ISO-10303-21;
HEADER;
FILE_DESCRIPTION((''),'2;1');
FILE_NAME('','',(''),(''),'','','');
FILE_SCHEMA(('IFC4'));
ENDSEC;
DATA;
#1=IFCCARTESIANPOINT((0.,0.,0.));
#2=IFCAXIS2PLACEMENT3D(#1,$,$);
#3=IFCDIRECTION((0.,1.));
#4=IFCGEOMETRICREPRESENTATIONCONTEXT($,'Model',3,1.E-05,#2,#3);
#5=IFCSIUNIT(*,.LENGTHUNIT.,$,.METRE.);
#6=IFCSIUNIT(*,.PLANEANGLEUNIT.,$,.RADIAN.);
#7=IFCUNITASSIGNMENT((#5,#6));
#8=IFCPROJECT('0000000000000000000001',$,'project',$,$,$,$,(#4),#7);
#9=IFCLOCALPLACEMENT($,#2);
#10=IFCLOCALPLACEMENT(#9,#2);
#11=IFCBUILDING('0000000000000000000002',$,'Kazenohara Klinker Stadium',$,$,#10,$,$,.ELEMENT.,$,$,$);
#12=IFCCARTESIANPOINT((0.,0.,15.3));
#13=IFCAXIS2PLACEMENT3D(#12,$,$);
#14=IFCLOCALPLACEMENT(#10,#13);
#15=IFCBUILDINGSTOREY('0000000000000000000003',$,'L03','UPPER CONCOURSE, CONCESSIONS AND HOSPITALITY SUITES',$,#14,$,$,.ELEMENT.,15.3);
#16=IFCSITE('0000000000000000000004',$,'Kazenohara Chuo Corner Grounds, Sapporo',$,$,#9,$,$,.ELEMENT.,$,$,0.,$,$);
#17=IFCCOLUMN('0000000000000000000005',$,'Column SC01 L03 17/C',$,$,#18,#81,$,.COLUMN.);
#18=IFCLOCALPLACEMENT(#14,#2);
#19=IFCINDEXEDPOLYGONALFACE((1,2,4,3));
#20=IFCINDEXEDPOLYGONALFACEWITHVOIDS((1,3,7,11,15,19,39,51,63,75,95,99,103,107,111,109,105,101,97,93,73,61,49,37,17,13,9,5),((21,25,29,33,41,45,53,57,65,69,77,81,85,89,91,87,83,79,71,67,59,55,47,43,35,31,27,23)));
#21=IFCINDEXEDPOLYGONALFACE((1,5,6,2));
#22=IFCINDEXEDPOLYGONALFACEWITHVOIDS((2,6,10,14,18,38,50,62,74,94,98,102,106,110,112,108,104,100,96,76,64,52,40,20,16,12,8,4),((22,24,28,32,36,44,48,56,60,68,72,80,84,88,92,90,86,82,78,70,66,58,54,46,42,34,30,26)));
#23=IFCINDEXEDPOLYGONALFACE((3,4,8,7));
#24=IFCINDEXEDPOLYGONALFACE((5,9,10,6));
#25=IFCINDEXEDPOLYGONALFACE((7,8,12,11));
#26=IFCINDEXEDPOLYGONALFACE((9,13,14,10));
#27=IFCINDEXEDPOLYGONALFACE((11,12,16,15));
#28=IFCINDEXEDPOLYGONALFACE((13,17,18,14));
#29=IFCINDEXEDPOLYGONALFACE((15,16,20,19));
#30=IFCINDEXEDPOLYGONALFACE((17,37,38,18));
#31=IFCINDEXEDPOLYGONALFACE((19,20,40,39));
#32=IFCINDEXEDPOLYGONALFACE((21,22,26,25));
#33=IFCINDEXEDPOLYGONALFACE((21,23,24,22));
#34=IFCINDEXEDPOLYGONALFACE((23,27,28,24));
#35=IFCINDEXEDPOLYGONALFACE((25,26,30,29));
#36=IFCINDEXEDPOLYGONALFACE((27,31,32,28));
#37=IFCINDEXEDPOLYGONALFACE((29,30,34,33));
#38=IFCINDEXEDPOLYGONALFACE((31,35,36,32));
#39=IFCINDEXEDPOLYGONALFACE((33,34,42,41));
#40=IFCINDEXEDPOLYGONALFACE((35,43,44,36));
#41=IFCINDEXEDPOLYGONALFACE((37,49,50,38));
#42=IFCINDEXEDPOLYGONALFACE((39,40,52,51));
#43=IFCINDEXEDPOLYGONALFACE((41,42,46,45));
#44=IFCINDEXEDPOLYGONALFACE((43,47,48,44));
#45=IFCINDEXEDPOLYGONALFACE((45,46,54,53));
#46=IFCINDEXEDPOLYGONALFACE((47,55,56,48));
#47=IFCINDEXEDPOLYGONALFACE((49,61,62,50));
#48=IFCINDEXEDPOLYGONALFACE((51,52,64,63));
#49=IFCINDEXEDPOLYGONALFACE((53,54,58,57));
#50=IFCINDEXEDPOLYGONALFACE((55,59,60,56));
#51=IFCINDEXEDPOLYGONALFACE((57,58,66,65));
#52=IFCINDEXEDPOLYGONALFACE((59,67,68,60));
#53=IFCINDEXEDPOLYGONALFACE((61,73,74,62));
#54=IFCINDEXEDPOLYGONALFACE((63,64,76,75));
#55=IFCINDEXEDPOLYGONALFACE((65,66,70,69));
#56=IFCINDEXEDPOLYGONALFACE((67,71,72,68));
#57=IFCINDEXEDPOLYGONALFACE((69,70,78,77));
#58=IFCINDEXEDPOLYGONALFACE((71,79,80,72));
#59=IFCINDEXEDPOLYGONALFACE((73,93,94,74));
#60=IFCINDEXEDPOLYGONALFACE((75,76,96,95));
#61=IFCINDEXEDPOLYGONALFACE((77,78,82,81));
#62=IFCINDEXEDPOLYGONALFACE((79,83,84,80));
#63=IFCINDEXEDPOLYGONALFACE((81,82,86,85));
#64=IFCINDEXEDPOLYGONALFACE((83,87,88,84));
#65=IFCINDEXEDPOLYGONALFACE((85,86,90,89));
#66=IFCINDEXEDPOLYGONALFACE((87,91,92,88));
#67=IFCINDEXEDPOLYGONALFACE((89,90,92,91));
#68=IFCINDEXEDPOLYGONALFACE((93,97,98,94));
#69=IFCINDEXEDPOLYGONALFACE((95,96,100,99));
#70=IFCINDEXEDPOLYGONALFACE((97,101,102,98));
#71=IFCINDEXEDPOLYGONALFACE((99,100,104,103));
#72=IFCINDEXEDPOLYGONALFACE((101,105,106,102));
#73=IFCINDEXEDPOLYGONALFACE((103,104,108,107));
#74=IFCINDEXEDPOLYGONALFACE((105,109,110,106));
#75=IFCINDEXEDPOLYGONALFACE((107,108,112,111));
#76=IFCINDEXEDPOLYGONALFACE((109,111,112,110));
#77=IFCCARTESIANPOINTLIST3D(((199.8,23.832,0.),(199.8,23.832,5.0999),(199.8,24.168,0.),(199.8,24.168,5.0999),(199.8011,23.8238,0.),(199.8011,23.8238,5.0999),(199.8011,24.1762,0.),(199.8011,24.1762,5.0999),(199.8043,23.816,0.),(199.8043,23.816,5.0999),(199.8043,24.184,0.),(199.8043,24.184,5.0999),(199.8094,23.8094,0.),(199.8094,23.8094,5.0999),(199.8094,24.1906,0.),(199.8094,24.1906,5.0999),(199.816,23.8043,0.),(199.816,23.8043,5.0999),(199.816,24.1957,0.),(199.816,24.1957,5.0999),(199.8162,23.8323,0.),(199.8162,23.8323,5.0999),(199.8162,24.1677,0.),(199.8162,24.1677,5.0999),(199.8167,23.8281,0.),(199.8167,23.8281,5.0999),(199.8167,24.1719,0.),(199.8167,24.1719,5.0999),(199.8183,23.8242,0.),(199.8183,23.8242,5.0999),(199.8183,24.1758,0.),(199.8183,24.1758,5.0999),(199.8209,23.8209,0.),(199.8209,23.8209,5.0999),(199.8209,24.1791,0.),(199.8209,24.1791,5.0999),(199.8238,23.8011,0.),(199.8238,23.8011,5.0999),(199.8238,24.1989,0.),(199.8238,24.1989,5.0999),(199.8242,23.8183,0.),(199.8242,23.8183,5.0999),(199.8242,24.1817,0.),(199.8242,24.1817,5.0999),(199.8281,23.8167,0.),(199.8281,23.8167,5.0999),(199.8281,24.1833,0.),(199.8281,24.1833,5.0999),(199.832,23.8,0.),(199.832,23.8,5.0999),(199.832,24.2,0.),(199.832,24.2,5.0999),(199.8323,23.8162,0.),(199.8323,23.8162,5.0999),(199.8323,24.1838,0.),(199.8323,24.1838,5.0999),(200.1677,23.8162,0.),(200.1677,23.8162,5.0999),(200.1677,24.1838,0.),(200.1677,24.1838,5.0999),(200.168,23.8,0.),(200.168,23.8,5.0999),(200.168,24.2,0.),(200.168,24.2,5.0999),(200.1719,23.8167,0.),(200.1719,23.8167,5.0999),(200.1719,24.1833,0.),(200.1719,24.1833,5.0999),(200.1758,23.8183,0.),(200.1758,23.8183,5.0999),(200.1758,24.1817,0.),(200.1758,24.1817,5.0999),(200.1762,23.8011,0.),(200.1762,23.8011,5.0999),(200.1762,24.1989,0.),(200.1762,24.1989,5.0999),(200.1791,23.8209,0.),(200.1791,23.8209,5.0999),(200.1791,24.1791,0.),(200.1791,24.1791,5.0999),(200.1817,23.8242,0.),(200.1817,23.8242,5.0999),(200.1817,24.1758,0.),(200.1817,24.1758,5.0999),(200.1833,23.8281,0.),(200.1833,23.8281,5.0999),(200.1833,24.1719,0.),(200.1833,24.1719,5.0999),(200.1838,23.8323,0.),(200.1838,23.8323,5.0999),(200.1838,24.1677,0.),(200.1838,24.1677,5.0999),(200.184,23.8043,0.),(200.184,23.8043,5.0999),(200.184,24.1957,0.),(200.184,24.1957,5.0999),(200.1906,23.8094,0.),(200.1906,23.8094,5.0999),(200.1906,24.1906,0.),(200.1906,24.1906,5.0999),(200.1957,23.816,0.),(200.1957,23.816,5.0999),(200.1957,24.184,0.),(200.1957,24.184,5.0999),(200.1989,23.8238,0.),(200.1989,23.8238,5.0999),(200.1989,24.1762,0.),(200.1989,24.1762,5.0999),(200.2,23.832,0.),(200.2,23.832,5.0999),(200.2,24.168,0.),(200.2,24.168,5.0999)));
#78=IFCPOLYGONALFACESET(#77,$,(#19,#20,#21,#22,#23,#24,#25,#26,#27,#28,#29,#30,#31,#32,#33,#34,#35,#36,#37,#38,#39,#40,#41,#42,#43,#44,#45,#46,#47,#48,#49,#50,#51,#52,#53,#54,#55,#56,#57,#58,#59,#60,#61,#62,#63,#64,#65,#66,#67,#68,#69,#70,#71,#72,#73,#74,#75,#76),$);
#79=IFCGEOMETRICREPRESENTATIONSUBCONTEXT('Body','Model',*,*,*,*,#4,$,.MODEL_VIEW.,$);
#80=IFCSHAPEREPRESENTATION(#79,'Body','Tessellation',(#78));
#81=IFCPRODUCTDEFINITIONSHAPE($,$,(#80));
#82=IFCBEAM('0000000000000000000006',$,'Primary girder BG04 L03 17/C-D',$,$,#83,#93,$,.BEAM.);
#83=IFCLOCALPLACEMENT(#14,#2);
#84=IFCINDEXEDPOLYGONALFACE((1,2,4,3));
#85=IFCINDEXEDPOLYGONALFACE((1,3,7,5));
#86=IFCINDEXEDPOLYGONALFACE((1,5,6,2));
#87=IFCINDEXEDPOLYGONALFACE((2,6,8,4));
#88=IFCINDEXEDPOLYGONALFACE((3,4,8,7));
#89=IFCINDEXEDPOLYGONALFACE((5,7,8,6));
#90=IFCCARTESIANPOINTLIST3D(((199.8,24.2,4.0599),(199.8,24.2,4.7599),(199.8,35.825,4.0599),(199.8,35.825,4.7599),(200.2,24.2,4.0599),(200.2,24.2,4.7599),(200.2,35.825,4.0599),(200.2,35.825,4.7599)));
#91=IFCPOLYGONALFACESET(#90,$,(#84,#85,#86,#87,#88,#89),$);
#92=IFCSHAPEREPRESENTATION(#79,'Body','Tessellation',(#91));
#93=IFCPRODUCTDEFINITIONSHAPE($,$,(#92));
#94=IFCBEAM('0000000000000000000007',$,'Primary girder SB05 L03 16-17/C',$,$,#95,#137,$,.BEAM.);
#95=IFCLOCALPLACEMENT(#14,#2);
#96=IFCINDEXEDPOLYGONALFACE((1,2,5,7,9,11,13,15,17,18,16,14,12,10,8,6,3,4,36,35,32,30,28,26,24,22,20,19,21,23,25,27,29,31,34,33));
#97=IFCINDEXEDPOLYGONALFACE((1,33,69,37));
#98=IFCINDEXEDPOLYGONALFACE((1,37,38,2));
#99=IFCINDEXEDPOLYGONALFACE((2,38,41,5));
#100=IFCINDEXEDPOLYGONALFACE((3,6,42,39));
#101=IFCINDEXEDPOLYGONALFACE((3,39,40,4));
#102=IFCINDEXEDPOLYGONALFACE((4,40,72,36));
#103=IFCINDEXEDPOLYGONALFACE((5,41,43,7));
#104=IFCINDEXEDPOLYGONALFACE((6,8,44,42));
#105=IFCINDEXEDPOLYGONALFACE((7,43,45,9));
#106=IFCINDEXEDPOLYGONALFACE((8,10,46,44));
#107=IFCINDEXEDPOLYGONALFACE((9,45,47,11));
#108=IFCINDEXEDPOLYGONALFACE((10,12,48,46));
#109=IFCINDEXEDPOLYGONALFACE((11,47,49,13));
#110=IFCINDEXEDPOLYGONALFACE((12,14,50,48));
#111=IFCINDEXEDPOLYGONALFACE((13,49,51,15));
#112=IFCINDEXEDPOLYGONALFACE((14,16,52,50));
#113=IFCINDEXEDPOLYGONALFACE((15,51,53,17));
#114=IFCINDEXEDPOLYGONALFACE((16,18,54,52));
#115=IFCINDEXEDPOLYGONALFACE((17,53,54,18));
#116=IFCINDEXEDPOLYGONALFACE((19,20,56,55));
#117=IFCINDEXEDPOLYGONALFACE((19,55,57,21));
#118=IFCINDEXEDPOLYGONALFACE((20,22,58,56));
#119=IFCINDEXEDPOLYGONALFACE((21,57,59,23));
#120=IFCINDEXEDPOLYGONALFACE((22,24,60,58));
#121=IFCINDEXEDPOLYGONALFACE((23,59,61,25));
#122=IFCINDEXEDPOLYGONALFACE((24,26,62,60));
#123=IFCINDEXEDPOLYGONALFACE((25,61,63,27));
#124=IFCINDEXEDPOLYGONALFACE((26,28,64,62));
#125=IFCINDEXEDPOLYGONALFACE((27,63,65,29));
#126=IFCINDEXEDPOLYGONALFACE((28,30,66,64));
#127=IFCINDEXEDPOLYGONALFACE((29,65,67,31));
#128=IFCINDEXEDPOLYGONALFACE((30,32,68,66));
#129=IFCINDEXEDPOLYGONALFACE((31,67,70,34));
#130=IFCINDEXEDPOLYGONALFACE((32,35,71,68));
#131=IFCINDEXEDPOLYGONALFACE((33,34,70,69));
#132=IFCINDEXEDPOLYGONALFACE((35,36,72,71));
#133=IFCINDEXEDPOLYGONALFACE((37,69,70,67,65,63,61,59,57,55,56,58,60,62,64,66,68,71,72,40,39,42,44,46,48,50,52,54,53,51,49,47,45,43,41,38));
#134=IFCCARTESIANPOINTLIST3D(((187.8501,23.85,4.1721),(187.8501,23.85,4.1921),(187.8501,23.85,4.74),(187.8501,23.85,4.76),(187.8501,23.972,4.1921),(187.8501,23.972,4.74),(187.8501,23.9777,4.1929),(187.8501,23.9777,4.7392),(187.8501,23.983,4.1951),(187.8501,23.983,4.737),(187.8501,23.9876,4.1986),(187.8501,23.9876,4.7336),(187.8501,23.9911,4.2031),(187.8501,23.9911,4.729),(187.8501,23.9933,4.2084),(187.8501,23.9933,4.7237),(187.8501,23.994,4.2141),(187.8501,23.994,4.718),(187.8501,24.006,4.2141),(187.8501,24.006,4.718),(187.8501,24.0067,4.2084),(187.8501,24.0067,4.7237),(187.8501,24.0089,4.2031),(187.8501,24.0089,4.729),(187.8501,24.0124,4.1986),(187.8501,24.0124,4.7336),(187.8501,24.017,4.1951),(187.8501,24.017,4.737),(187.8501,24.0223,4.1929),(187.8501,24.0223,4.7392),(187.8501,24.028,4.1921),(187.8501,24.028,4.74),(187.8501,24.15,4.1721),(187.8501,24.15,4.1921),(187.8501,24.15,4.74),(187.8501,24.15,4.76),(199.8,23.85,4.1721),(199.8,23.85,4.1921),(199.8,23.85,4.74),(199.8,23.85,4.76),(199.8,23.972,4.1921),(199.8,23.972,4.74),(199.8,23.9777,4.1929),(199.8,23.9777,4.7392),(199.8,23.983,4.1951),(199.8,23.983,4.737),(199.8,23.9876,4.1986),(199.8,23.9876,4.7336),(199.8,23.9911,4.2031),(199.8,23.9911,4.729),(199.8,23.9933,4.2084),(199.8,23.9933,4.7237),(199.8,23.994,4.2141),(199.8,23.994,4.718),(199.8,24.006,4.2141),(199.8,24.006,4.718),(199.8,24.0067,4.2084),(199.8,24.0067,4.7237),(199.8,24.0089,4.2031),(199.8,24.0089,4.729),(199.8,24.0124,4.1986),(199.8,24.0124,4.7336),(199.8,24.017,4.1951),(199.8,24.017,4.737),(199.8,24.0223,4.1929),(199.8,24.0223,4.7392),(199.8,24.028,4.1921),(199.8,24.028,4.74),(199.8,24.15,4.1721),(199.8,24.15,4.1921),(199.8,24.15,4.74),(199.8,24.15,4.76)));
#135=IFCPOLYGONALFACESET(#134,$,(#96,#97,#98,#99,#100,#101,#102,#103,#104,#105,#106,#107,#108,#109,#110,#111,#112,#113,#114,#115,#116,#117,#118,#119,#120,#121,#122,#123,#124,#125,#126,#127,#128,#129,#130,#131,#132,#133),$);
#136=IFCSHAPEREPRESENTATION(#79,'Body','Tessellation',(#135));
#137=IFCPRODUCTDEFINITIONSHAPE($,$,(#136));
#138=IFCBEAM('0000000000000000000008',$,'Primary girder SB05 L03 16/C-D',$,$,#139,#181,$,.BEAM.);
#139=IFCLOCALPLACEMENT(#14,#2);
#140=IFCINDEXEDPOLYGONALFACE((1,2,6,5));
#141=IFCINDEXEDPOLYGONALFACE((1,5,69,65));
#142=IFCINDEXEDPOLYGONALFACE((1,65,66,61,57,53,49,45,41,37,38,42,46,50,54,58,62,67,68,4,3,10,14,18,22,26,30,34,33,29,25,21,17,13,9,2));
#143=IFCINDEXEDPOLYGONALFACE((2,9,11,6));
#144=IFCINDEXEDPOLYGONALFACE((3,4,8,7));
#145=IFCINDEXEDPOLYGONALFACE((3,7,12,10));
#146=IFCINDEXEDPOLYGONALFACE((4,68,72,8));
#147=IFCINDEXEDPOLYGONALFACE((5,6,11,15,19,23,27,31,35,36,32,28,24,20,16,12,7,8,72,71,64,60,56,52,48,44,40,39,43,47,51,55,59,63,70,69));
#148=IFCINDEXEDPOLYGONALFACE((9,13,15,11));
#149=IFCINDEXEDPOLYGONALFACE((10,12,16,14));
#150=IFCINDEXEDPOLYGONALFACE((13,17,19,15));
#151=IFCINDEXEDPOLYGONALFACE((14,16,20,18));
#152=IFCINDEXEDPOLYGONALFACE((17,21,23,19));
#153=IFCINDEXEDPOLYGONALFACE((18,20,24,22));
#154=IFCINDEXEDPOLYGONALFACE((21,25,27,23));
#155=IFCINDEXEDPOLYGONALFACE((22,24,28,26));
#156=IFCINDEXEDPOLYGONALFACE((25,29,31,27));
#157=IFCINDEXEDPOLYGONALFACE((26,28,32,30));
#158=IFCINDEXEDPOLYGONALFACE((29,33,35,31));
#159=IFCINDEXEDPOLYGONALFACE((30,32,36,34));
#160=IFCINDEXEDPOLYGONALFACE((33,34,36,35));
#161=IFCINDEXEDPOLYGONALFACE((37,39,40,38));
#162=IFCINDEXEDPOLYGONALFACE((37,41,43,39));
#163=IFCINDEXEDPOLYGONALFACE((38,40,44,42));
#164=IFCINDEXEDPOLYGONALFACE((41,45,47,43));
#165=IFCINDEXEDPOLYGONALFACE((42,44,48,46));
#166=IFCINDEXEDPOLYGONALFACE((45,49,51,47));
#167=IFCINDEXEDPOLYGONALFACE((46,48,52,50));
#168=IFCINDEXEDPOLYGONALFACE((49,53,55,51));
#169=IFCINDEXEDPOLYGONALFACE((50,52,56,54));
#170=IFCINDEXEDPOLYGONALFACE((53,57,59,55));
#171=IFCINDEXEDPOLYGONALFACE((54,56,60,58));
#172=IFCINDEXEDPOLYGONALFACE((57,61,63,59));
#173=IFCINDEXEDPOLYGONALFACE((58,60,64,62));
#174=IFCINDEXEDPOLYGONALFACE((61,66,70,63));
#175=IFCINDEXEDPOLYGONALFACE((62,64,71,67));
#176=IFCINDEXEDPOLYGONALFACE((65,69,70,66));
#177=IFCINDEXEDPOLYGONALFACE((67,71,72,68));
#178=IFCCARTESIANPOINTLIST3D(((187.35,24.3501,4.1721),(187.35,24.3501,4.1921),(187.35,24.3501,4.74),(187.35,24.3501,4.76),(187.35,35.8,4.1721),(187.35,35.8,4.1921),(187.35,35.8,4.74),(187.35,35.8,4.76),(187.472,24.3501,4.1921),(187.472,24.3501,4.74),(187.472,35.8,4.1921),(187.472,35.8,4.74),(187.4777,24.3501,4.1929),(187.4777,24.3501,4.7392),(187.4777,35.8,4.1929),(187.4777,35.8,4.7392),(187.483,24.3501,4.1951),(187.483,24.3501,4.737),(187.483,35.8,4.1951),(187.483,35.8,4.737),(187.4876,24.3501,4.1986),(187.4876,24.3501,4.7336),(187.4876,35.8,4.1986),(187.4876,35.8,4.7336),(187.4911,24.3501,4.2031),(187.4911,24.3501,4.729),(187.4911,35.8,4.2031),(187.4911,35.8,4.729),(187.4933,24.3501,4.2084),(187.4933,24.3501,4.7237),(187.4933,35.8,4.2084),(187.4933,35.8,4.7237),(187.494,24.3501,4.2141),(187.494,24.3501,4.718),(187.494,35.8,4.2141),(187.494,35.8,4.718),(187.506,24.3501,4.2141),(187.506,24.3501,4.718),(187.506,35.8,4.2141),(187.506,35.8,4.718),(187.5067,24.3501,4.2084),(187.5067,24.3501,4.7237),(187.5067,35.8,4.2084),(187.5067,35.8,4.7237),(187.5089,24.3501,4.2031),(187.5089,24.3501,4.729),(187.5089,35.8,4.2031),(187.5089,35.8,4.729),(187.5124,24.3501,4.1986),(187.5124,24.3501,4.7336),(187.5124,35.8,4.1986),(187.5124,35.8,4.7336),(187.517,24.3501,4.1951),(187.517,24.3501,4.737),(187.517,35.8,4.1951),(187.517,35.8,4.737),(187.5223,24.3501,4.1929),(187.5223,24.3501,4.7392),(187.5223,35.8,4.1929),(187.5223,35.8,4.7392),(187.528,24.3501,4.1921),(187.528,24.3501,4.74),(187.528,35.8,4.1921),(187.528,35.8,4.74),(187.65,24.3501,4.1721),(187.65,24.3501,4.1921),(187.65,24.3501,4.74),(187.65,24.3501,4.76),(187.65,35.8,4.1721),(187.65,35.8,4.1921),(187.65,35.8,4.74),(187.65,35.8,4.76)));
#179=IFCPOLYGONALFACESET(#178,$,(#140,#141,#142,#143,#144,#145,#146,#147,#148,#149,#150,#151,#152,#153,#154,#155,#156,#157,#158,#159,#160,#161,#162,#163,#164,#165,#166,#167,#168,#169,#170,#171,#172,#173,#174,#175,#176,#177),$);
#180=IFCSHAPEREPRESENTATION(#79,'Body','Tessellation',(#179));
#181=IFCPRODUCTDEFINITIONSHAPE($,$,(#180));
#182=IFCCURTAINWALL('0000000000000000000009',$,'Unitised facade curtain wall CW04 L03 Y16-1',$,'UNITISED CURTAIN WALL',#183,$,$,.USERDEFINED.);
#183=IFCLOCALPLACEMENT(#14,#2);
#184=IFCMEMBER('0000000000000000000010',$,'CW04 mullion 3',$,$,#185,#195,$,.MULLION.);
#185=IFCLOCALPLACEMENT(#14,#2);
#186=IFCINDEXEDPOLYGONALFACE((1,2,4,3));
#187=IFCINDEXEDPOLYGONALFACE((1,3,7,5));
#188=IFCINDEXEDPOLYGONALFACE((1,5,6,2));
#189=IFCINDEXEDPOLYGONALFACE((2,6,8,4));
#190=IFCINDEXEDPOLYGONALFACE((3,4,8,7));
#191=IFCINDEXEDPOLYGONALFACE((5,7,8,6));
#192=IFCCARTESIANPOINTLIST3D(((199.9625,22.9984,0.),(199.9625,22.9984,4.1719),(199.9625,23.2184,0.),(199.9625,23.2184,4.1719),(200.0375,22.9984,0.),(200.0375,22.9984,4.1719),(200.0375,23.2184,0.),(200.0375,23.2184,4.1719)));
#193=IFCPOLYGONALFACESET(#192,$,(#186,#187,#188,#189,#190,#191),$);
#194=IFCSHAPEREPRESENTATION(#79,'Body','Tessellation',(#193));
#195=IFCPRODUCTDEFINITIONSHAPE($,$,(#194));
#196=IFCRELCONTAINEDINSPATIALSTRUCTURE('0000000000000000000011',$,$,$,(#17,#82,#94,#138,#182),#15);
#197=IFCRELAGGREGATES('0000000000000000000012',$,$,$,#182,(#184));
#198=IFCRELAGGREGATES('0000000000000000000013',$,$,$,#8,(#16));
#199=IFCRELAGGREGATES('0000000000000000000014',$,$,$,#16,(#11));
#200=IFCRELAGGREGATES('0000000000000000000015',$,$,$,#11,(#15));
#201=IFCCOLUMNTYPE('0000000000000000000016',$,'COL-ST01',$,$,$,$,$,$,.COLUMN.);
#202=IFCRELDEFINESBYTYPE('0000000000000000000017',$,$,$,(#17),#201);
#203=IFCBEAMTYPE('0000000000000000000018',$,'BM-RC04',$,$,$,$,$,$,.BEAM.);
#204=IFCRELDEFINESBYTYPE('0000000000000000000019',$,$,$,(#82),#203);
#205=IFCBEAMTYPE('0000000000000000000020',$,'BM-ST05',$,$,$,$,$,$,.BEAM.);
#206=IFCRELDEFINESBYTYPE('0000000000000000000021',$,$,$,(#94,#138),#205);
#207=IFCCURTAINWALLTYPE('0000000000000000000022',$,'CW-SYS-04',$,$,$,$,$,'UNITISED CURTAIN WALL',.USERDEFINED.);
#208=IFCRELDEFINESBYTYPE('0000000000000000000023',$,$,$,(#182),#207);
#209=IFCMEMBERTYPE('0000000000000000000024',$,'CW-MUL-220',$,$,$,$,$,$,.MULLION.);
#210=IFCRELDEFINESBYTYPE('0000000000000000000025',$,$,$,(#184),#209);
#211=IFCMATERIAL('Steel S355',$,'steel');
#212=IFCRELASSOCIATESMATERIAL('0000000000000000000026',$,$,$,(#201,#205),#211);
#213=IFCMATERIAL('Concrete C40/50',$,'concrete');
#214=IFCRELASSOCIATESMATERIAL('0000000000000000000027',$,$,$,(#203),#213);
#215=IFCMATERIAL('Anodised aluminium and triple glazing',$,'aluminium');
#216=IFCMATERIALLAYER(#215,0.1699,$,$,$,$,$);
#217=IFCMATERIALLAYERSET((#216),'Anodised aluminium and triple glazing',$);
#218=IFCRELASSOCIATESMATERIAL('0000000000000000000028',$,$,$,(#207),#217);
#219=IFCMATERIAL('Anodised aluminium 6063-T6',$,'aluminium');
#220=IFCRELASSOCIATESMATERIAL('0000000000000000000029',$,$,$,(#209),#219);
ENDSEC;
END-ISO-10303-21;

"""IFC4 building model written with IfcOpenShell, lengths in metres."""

from ifc_helpers import new_model, si_unit, direction, frame, origin, origin_2d, place, context, subcontext, project, spatial, rectangle, hollow_rectangle, i_section, extrude, material, layer, layer_set, material_profile, profile_set, type_object, element, aggregate, save


model = new_model("IFC4")

# Units and contexts
model_context = context("Model", 3, precision=1e-05, world=origin(), true_north=direction((0.0, 1.0)))
body_context = subcontext(model_context, "Body", "Model", "MODEL_VIEW")
ifc_project = project(units=[si_unit("LENGTHUNIT", "METRE"), si_unit("PLANEANGLEUNIT", "RADIAN")], contexts=[model_context])

# Site, building, storey
site_placement = place(None, origin())
site = spatial("IfcSite", under=ifc_project, at=site_placement, Name="Kazenohara Chuo Corner Grounds, Sapporo", CompositionType="ELEMENT", RefElevation=0.0)
building_placement = place(site_placement, origin())
building = spatial("IfcBuilding", under=site, at=building_placement, Name="Kazenohara Klinker Stadium", CompositionType="ELEMENT")
storey_placement = place(building_placement, frame((0.0, 0.0, 15.3)))
storey = spatial("IfcBuildingStorey", under=building, at=storey_placement, Name="L03", Description="UPPER CONCOURSE, CONCESSIONS AND HOSPITALITY SUITES", CompositionType="ELEMENT", Elevation=15.3)

# Column
ifc_material_1 = material(Name="Steel S355", Category="steel")
ifc_material_profile_1 = material_profile(ifc_material_1, hollow_rectangle(XDim=0.3999, YDim=0.3999, WallThickness=0.0161, InnerFilletRadius=0.0161, OuterFilletRadius=0.032, at=origin_2d()), Name="SHS-400x400x16")
ifc_profile_set_1 = profile_set([ifc_material_profile_1], Name="Steel S355")
column_type = type_object("IfcColumnType", Name="COL-ST01", PredefinedType="COLUMN", material=ifc_profile_set_1)
column_placement = place(storey_placement, frame((200.0, 24.0, 0.0), z_axis=(0.0, 0.0, 1.0), x_axis=(1.0, 0.0, 0.0)))
element("IfcColumn", 1, at=column_placement, inside=storey, type_object=column_type, Name="Column SC01 L03 17/C", PredefinedType="COLUMN", context=body_context, shape_type="SweptSolid", body=[
    extrude(hollow_rectangle(XDim=0.3999, YDim=0.3999, WallThickness=0.0161, InnerFilletRadius=0.0161, OuterFilletRadius=0.032, at=origin_2d()), origin(), (0.0, 0.0, 1.0), 5.0999),
])

# Beams
ifc_material_2 = material(Name="Concrete C40/50", Category="concrete")
ifc_material_profile_2 = material_profile(ifc_material_2, rectangle(XDim=0.3999, YDim=0.7, at=origin_2d()), Name="RC-BM-400x700")
ifc_profile_set_2 = profile_set([ifc_material_profile_2], Name="Concrete C40/50")
beam_type_1 = type_object("IfcBeamType", Name="BM-RC04", PredefinedType="BEAM", material=ifc_profile_set_2)
beam_1_placement = place(storey_placement, frame((200.0, 24.2, 4.4099), z_axis=(0.0, 1.0, 0.0), x_axis=(-1.0, 0.0, 0.0)))
element("IfcBeam", 2, at=beam_1_placement, inside=storey, type_object=beam_type_1, Name="Primary girder BG04 L03 17/C-D", PredefinedType="BEAM", context=body_context, shape_type="SweptSolid", body=[
    extrude(rectangle(XDim=0.3999, YDim=0.7, at=origin_2d()), origin(), (0.0, 0.0, 1.0), 11.625),
])
ifc_material_profile_3 = material_profile(ifc_material_1, i_section(OverallWidth=0.3, OverallDepth=0.5879, WebThickness=0.012, FlangeThickness=0.02, FilletRadius=0.022, at=origin_2d()), Name="H-588x300x12x20")
ifc_profile_set_3 = profile_set([ifc_material_profile_3], Name="Steel S355")
beam_type_2 = type_object("IfcBeamType", Name="BM-ST05", PredefinedType="BEAM", material=ifc_profile_set_3)
beam_2_placement = place(storey_placement, frame((187.8501, 24.0, 4.4661), z_axis=(1.0, 0.0, 0.0), x_axis=(0.0, 1.0, 0.0)))
element("IfcBeam", 3, at=beam_2_placement, inside=storey, type_object=beam_type_2, Name="Primary girder SB05 L03 16-17/C", PredefinedType="BEAM", context=body_context, shape_type="SweptSolid", body=[
    extrude(i_section(OverallWidth=0.3, OverallDepth=0.5879, WebThickness=0.012, FlangeThickness=0.02, FilletRadius=0.022, at=origin_2d()), origin(), (0.0, 0.0, 1.0), 11.95),
])
beam_3_placement = place(storey_placement, frame((187.5, 24.3501, 4.4661), z_axis=(0.0, 1.0, 0.0), x_axis=(-1.0, 0.0, 0.0)))
element("IfcBeam", 4, at=beam_3_placement, inside=storey, type_object=beam_type_2, Name="Primary girder SB05 L03 16/C-D", PredefinedType="BEAM", context=body_context, shape_type="SweptSolid", body=[
    extrude(i_section(OverallWidth=0.3, OverallDepth=0.5879, WebThickness=0.012, FlangeThickness=0.02, FilletRadius=0.022, at=origin_2d()), origin(), (0.0, 0.0, 1.0), 11.45),
])

# Curtain wall, member
ifc_material_3 = material(Name="Anodised aluminium and triple glazing", Category="aluminium")
ifc_layer_1 = layer(ifc_material_3, 0.1699)
ifc_layer_set_1 = layer_set([ifc_layer_1], Name="Anodised aluminium and triple glazing")
curtain_wall_type_1 = type_object("IfcCurtainWallType", Name="CW-SYS-04", ElementType="UNITISED CURTAIN WALL", PredefinedType="USERDEFINED", material=ifc_layer_set_1)
curtain_wall_1_placement = place(storey_placement, origin())
curtain_wall_1 = element("IfcCurtainWall", 5, at=curtain_wall_1_placement, inside=storey, type_object=curtain_wall_type_1, Name="Unitised facade curtain wall CW04 L03 Y16-1", ObjectType="UNITISED CURTAIN WALL", PredefinedType="USERDEFINED")
ifc_material_4 = material(Name="Anodised aluminium 6063-T6", Category="aluminium")
ifc_material_profile_4 = material_profile(ifc_material_4, rectangle(XDim=0.075, YDim=0.22, at=origin_2d()), Name="ALU-MUL-75x220")
ifc_profile_set_4 = profile_set([ifc_material_profile_4], Name="Anodised aluminium 6063-T6")
member_type_1 = type_object("IfcMemberType", Name="CW-MUL-220", PredefinedType="MULLION", material=ifc_profile_set_4)
member_1_placement = place(storey_placement, frame((200.0, 23.1084, 0.0), z_axis=(0.0, 0.0, 1.0), x_axis=(-1.0, 0.0, 0.0)))
member_1 = element("IfcMember", 6, at=member_1_placement, type_object=member_type_1, Name="CW04 mullion 3", PredefinedType="MULLION", context=body_context, shape_type="SweptSolid", body=[
    extrude(rectangle(XDim=0.075, YDim=0.22, at=origin_2d()), origin(), (0.0, 0.0, 1.0), 4.1719),
])

aggregate(curtain_wall_1, [member_1])

save(model, "model.ifc")
